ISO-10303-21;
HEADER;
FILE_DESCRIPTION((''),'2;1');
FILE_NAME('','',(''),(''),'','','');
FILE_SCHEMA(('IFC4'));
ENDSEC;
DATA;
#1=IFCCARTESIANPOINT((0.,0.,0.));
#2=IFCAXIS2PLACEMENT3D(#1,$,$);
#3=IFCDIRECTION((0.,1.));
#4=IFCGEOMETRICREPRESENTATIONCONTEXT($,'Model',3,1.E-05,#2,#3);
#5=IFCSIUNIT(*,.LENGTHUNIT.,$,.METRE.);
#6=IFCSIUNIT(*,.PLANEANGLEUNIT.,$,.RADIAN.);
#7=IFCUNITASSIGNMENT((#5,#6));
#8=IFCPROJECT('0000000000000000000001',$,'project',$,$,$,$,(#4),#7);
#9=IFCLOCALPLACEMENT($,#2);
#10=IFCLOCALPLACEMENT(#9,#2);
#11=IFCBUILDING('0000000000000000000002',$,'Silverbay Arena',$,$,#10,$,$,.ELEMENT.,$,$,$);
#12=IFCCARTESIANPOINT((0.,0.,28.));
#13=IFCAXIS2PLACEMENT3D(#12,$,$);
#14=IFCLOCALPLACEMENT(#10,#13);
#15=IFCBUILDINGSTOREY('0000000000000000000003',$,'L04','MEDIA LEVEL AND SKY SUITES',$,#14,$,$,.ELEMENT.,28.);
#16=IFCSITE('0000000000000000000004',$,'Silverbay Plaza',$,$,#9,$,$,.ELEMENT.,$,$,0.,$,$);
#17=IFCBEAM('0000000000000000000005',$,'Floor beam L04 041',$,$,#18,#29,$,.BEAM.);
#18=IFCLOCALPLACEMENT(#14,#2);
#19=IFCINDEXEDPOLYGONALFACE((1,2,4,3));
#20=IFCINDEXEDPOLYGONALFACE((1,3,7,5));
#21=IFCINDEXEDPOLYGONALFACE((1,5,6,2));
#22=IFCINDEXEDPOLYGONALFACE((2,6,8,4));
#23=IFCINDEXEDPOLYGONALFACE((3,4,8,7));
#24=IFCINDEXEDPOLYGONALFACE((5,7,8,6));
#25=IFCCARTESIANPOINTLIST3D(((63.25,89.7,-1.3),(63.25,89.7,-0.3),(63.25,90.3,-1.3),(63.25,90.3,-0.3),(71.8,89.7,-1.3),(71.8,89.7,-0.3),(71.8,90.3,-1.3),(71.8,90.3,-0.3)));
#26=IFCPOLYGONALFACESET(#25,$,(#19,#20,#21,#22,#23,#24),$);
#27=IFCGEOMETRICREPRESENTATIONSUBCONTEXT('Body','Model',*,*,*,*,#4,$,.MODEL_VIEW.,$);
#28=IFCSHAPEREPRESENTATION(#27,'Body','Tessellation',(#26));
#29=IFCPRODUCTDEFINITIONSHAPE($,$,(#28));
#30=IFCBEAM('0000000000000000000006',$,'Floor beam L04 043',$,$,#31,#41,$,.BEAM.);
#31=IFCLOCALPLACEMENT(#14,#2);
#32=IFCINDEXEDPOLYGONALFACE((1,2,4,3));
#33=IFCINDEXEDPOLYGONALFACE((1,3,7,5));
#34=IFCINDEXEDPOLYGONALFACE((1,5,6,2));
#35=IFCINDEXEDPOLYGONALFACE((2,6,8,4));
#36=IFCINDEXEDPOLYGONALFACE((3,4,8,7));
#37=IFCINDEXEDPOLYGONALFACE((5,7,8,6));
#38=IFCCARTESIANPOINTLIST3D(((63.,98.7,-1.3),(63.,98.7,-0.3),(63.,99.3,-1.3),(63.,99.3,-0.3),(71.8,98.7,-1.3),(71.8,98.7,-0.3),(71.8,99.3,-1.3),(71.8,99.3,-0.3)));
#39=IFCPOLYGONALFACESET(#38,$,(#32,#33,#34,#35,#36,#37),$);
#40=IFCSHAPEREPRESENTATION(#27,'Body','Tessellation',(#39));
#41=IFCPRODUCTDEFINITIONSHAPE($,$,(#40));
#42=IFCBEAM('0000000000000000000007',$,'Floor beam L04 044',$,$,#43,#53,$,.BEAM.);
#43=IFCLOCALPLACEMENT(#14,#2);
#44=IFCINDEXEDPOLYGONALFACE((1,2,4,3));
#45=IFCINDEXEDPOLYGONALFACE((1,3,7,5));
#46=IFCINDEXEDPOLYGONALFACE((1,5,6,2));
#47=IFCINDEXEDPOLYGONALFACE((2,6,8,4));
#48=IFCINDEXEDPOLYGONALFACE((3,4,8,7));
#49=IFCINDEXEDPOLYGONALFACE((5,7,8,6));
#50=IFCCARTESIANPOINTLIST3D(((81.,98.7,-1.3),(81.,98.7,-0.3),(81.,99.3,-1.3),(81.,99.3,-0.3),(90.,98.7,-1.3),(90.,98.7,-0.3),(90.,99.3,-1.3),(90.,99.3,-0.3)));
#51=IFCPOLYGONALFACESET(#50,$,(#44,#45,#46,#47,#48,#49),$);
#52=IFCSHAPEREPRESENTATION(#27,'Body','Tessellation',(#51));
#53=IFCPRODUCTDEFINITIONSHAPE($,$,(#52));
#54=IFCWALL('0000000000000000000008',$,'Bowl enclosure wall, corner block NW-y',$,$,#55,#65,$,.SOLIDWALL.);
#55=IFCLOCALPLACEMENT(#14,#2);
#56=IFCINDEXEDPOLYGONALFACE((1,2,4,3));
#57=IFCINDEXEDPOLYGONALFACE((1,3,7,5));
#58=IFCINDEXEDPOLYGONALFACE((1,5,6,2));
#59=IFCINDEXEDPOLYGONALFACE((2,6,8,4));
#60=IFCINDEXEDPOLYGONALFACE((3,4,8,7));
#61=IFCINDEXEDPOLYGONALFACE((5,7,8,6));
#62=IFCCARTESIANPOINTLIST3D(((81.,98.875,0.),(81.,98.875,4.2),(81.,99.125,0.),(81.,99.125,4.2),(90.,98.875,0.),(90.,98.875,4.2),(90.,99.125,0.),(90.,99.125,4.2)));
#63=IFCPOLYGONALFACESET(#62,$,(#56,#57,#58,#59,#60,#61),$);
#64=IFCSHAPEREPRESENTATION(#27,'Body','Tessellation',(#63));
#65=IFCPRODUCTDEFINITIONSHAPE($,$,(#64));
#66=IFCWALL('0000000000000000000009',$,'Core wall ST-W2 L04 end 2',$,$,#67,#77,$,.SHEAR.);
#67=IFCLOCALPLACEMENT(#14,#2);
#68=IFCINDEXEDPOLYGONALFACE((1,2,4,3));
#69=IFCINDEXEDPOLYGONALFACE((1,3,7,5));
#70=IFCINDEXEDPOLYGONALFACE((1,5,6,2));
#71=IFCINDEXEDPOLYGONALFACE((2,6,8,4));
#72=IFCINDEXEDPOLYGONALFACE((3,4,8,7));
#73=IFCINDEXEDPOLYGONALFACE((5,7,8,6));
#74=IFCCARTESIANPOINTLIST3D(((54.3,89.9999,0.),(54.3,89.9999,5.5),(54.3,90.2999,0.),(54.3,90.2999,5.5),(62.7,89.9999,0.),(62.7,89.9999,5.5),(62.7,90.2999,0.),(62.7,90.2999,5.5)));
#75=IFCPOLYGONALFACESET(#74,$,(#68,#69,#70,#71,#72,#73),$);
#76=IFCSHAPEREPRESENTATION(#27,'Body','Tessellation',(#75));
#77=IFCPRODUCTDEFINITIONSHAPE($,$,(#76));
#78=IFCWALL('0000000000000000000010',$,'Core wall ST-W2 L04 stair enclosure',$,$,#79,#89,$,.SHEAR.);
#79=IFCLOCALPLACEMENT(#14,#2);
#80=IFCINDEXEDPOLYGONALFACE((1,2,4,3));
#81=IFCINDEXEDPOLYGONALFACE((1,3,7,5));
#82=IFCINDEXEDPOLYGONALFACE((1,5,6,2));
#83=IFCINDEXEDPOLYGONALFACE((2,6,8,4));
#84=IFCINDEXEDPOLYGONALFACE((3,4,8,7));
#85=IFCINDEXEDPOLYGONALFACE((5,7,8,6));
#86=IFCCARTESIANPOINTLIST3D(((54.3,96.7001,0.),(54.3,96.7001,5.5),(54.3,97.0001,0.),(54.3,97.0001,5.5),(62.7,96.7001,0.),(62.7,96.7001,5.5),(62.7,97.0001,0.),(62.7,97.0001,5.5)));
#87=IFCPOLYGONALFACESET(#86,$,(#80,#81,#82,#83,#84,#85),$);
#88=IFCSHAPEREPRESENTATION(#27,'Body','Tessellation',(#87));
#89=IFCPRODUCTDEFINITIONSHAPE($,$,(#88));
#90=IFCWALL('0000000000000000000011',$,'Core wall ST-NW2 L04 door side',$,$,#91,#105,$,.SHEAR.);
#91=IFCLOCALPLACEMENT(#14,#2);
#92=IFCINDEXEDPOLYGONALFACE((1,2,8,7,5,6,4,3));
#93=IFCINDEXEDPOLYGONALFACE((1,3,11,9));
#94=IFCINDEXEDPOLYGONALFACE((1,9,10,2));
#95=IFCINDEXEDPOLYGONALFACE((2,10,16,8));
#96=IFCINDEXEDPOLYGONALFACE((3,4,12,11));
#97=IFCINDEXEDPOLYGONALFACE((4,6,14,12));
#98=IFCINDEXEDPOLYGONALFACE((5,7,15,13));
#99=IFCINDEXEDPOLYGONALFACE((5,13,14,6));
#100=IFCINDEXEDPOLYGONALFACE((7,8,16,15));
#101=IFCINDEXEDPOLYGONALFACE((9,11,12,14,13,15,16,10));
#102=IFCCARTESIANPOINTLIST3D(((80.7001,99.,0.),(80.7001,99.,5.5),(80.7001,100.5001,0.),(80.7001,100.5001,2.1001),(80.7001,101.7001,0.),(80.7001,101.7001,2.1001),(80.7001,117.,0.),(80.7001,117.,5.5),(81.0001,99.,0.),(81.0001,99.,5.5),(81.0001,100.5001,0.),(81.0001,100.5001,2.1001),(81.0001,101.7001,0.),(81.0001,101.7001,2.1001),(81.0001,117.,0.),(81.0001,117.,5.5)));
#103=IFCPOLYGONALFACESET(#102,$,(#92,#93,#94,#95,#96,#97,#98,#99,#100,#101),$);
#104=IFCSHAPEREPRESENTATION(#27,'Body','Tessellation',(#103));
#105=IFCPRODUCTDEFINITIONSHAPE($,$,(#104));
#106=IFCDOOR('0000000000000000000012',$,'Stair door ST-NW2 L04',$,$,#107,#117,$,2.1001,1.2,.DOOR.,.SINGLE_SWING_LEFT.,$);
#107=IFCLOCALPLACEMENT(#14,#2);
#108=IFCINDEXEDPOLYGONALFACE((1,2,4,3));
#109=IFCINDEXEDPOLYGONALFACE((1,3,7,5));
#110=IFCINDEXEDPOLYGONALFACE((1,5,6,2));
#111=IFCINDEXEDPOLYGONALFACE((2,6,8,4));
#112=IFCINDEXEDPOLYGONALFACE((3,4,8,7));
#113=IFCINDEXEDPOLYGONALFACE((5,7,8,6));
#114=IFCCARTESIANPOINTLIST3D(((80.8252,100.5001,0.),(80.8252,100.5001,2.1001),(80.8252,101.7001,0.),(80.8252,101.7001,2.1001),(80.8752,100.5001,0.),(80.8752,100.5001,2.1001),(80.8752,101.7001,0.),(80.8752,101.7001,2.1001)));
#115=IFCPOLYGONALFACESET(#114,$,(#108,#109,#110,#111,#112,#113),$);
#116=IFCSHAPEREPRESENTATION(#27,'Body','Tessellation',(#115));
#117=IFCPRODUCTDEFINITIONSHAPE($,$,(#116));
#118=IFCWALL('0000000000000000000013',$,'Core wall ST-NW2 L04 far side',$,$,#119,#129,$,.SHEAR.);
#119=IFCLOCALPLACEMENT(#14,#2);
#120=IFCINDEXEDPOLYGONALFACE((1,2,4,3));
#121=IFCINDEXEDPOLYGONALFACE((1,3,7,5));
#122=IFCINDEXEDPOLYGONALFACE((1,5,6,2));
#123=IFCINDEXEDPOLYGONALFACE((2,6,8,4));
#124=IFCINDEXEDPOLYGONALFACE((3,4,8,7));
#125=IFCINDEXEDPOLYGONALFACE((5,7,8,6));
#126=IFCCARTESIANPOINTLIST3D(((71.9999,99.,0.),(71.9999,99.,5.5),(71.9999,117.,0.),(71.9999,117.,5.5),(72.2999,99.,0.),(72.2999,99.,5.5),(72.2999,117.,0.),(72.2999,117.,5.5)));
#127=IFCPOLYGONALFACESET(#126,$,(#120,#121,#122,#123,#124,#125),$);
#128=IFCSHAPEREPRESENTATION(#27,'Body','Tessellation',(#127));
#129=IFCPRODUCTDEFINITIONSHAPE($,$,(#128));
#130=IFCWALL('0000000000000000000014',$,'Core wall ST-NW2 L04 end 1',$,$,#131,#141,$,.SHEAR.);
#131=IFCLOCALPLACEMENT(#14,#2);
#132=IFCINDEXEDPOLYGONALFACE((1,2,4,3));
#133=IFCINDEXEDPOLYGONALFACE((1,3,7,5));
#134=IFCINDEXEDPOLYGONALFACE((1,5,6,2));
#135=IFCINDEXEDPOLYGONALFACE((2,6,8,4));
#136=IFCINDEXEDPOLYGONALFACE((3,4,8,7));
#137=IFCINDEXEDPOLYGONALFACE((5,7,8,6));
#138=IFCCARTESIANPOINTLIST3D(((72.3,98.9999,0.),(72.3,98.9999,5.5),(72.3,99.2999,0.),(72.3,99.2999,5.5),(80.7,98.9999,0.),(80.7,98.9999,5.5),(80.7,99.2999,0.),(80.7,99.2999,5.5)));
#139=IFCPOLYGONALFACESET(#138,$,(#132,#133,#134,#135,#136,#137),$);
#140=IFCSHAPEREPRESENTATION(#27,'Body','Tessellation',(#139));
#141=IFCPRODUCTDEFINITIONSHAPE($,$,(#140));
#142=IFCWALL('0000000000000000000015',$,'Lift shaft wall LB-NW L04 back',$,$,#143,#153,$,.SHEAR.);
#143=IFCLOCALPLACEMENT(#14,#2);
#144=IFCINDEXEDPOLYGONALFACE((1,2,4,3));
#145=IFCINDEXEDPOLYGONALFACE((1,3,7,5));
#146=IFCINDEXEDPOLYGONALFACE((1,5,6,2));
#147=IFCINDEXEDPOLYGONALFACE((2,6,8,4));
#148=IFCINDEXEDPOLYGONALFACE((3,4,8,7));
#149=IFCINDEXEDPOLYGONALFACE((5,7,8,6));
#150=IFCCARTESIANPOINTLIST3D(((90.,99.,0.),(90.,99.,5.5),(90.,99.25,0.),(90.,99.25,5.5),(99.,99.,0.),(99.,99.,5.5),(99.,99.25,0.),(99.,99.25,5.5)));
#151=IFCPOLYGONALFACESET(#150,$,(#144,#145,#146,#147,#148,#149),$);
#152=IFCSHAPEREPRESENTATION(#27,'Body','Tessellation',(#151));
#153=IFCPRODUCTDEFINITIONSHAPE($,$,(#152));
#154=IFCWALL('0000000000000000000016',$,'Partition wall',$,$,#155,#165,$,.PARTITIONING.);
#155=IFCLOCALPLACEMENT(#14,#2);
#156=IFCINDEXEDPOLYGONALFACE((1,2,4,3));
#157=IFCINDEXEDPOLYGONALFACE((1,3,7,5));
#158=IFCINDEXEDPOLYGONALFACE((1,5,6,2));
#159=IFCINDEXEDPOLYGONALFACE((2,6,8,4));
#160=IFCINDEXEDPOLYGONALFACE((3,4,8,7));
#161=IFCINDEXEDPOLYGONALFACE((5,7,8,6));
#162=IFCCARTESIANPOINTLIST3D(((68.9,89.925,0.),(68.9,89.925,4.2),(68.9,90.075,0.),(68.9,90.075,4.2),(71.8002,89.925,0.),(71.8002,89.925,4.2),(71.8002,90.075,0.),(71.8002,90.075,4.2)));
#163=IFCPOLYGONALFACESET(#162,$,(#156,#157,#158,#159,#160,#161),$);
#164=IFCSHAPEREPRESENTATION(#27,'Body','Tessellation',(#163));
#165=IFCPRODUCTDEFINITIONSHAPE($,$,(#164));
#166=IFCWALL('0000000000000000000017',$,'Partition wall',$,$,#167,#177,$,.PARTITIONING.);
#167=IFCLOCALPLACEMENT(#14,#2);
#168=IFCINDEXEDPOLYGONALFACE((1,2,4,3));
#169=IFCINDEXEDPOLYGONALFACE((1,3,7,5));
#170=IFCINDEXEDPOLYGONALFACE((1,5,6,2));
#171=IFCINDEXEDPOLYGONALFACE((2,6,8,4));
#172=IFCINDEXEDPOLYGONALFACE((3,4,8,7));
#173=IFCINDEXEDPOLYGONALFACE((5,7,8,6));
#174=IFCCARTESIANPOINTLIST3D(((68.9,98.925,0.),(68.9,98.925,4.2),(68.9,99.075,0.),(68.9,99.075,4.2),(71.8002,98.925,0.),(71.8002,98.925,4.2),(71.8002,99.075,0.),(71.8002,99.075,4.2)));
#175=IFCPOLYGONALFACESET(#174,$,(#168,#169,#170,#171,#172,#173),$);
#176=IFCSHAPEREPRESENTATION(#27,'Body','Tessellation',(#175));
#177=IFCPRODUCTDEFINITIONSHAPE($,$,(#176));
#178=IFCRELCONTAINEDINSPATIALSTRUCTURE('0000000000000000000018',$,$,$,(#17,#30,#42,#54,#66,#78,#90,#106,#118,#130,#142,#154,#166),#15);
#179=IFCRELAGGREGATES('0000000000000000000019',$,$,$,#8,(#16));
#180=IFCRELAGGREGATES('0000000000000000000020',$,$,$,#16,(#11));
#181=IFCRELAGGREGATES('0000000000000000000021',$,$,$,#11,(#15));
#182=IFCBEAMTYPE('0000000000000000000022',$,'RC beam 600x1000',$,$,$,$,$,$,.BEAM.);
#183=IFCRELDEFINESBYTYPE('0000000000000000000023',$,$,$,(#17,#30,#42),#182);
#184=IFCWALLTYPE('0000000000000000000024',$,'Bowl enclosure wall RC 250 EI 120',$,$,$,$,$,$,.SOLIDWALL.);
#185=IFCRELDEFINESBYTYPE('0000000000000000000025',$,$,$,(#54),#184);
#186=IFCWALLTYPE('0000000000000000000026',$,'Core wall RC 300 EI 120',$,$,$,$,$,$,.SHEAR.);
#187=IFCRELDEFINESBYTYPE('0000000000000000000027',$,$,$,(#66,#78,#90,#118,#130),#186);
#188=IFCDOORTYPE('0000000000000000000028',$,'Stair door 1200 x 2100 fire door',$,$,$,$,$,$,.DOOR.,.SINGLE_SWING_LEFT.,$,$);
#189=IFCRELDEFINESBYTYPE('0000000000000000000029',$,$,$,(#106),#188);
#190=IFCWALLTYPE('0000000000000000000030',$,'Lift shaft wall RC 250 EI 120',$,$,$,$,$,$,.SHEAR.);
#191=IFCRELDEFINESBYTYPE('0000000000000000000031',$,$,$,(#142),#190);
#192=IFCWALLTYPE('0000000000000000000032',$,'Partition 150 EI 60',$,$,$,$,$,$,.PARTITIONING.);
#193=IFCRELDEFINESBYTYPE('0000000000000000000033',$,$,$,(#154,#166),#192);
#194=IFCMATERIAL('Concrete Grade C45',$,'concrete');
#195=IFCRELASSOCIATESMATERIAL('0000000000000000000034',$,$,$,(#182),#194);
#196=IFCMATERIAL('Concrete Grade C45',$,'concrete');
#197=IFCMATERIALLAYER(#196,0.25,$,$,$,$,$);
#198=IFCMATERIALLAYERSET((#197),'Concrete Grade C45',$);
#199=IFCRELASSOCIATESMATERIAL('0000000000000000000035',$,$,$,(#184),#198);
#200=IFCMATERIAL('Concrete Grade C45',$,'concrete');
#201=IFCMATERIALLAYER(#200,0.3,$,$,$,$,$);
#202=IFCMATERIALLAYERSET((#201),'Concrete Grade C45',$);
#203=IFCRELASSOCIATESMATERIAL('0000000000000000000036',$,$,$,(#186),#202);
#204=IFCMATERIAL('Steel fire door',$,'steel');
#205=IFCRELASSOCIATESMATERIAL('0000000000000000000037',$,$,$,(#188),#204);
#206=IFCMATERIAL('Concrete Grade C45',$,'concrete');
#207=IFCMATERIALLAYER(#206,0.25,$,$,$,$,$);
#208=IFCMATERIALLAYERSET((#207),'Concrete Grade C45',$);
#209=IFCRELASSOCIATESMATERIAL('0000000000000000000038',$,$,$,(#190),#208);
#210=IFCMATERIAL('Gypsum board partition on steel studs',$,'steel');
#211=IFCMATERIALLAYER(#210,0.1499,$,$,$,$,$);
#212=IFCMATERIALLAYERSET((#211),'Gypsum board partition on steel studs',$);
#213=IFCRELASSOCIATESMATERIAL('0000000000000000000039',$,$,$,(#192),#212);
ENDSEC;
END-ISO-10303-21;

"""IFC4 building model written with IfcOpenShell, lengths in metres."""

from ifc_helpers import new_model, si_unit, direction, frame, frame_2d, origin, origin_2d, place, context, subcontext, project, spatial, rectangle, extrude, material, layer, layer_set, material_profile, profile_set, type_object, element, fill, save


model = new_model("IFC4")

# Units and contexts
model_context = context("Model", 3, precision=1e-05, world=origin(), true_north=direction((0.0, 1.0)))
body_context = subcontext(model_context, "Body", "Model", "MODEL_VIEW")
ifc_project = project(units=[si_unit("LENGTHUNIT", "METRE"), si_unit("PLANEANGLEUNIT", "RADIAN")], contexts=[model_context])

# Site, building, storey
site_placement = place(None, origin())
site = spatial("IfcSite", under=ifc_project, at=site_placement, Name="Silverbay Plaza", CompositionType="ELEMENT", RefElevation=0.0)
building_placement = place(site_placement, origin())
building = spatial("IfcBuilding", under=site, at=building_placement, Name="Silverbay Arena", CompositionType="ELEMENT")
storey_placement = place(building_placement, frame((0.0, 0.0, 28.0)))
storey = spatial("IfcBuildingStorey", under=building, at=storey_placement, Name="L04", Description="MEDIA LEVEL AND SKY SUITES", CompositionType="ELEMENT", Elevation=28.0)

# Beams
ifc_material_1 = material(Name="Concrete Grade C45", Category="concrete")
ifc_material_profile = material_profile(ifc_material_1, rectangle(XDim=0.6001, YDim=1.0, at=origin_2d()), Name="RC 600x1000")
ifc_profile_set = profile_set([ifc_material_profile], Name="Concrete Grade C45")
beam_type = type_object("IfcBeamType", Name="RC beam 600x1000", PredefinedType="BEAM", material=ifc_profile_set)
beam_1_placement = place(storey_placement, frame((63.25, 90.0, -0.8), z_axis=(1.0, 0.0, 0.0), x_axis=(0.0, 1.0, 0.0)))
element("IfcBeam", 1, at=beam_1_placement, inside=storey, type_object=beam_type, Name="Floor beam L04 041", PredefinedType="BEAM", context=body_context, shape_type="SweptSolid", body=[
    extrude(rectangle(XDim=0.6001, YDim=1.0, at=origin_2d()), origin(), (0.0, 0.0, 1.0), 8.55),
])
beam_2_placement = place(storey_placement, frame((63.0, 99.0, -0.8), z_axis=(1.0, 0.0, 0.0), x_axis=(0.0, 1.0, 0.0)))
element("IfcBeam", 2, at=beam_2_placement, inside=storey, type_object=beam_type, Name="Floor beam L04 043", PredefinedType="BEAM", context=body_context, shape_type="SweptSolid", body=[
    extrude(rectangle(XDim=0.6001, YDim=1.0, at=origin_2d()), origin(), (0.0, 0.0, 1.0), 8.8),
])
beam_3_placement = place(storey_placement, frame((81.0, 99.0, -0.8), z_axis=(1.0, 0.0, 0.0), x_axis=(0.0, 1.0, 0.0)))
element("IfcBeam", 3, at=beam_3_placement, inside=storey, type_object=beam_type, Name="Floor beam L04 044", PredefinedType="BEAM", context=body_context, shape_type="SweptSolid", body=[
    extrude(rectangle(XDim=0.6001, YDim=1.0, at=origin_2d()), origin(), (0.0, 0.0, 1.0), 9.0),
])

# Walls
ifc_material_2 = material(Name="Concrete Grade C45", Category="concrete")
ifc_layer_1 = layer(ifc_material_2, 0.25)
ifc_layer_set_1 = layer_set([ifc_layer_1], Name="Concrete Grade C45")
wall_type_1 = type_object("IfcWallType", Name="Bowl enclosure wall RC 250 EI 120", PredefinedType="SOLIDWALL", material=ifc_layer_set_1)
wall_1_placement = place(storey_placement, frame((81.0, 99.0, 0.0), z_axis=(0.0, 0.0, 1.0), x_axis=(1.0, 0.0, 0.0)))
element("IfcWall", 4, at=wall_1_placement, inside=storey, type_object=wall_type_1, Name="Bowl enclosure wall, corner block NW-y", PredefinedType="SOLIDWALL", context=body_context, shape_type="SweptSolid", body=[
    extrude(rectangle(XDim=9.0, YDim=0.25, at=frame_2d((4.5, 0.0))), origin(), (0.0, 0.0, 1.0), 4.2),
])
ifc_material_3 = material(Name="Concrete Grade C45", Category="concrete")
ifc_layer_2 = layer(ifc_material_3, 0.3)
ifc_layer_set_2 = layer_set([ifc_layer_2], Name="Concrete Grade C45")
wall_type_2 = type_object("IfcWallType", Name="Core wall RC 300 EI 120", PredefinedType="SHEAR", material=ifc_layer_set_2)
for number, where, z_axis, x_axis, name in (
    (5, (62.7, 90.1499, 0.0), (0.0, 0.0, 1.0), (-1.0, 0.0, 0.0), "Core wall ST-W2 L04 end 2"),
    (6, (62.7, 96.8501, 0.0), (0.0, 0.0, 1.0), (-1.0, 0.0, 0.0), "Core wall ST-W2 L04 stair enclosure"),
):
    element("IfcWall", number, at=place(storey_placement, frame(where, z_axis=z_axis, x_axis=x_axis)), inside=storey, type_object=wall_type_2, Name=name, PredefinedType="SHEAR", context=body_context, shape_type="SweptSolid", body=[
        extrude(rectangle(XDim=8.3999, YDim=0.3, at=frame_2d((4.2, 0.0))), origin(), (0.0, 0.0, 1.0), 5.5),
    ])

# Wall, opening, door
wall_2_placement = place(storey_placement, frame((80.8501, 99.0, 0.0), z_axis=(0.0, 0.0, 1.0), x_axis=(0.0, 1.0, 0.0)))
wall_2 = element("IfcWall", 7, at=wall_2_placement, inside=storey, type_object=wall_type_2, Name="Core wall ST-NW2 L04 door side", PredefinedType="SHEAR", context=body_context, shape_type="SweptSolid", body=[
    extrude(rectangle(XDim=18.0, YDim=0.3, at=frame_2d((9.0, 0.0))), origin(), (0.0, 0.0, 1.0), 5.5),
])
opening_1_placement = place(wall_2_placement, frame((1.5, 0.0, 0.0)))
opening_1 = element("IfcOpeningElement", 8, at=opening_1_placement, cuts=wall_2, PredefinedType="OPENING", context=body_context, shape_type="SweptSolid", body=[
    extrude(rectangle(XDim=1.2, YDim=2.1001, at=frame_2d((0.6001, 1.05))), frame((0.0, 0.1602, 0.0), z_axis=(0.0, -1.0, 0.0), x_axis=(1.0, 0.0, 0.0)), (0.0, 0.0, 1.0), 0.3201),
])
ifc_material_4 = material(Name="Steel fire door", Category="steel")
door_type_1 = type_object("IfcDoorType", Name="Stair door 1200 x 2100 fire door", OperationType="SINGLE_SWING_LEFT", PredefinedType="DOOR", material=ifc_material_4)
door_1_placement = place(opening_1_placement, origin())
door_1 = element("IfcDoor", 9, at=door_1_placement, inside=storey, type_object=door_type_1, Name="Stair door ST-NW2 L04", OperationType="SINGLE_SWING_LEFT", OverallHeight=2.1001, OverallWidth=1.2, PredefinedType="DOOR", context=body_context, shape_type="SweptSolid", body=[
    extrude(rectangle(XDim=1.2, YDim=2.1001, at=frame_2d((0.6001, 1.05))), frame((0.0, 0.0249, 0.0), z_axis=(0.0, -1.0, 0.0), x_axis=(1.0, 0.0, 0.0)), (0.0, 0.0, 1.0), 0.05),
])
fill(opening_1, door_1)

# Walls
wall_3_placement = place(storey_placement, frame((72.1499, 99.0, 0.0), z_axis=(0.0, 0.0, 1.0), x_axis=(0.0, 1.0, 0.0)))
element("IfcWall", 10, at=wall_3_placement, inside=storey, type_object=wall_type_2, Name="Core wall ST-NW2 L04 far side", PredefinedType="SHEAR", context=body_context, shape_type="SweptSolid", body=[
    extrude(rectangle(XDim=18.0, YDim=0.3, at=frame_2d((9.0, 0.0))), origin(), (0.0, 0.0, 1.0), 5.5),
])
wall_4_placement = place(storey_placement, frame((80.7, 99.1499, 0.0), z_axis=(0.0, 0.0, 1.0), x_axis=(-1.0, 0.0, 0.0)))
element("IfcWall", 11, at=wall_4_placement, inside=storey, type_object=wall_type_2, Name="Core wall ST-NW2 L04 end 1", PredefinedType="SHEAR", context=body_context, shape_type="SweptSolid", body=[
    extrude(rectangle(XDim=8.3999, YDim=0.3, at=frame_2d((4.2, 0.0))), origin(), (0.0, 0.0, 1.0), 5.5),
])
ifc_material_5 = material(Name="Concrete Grade C45", Category="concrete")
ifc_layer_3 = layer(ifc_material_5, 0.25)
ifc_layer_set_3 = layer_set([ifc_layer_3], Name="Concrete Grade C45")
wall_type_3 = type_object("IfcWallType", Name="Lift shaft wall RC 250 EI 120", PredefinedType="SHEAR", material=ifc_layer_set_3)
wall_5_placement = place(storey_placement, frame((90.0, 99.125, 0.0), z_axis=(0.0, 0.0, 1.0), x_axis=(1.0, 0.0, 0.0)))
element("IfcWall", 12, at=wall_5_placement, inside=storey, type_object=wall_type_3, Name="Lift shaft wall LB-NW L04 back", PredefinedType="SHEAR", context=body_context, shape_type="SweptSolid", body=[
    extrude(rectangle(XDim=9.0, YDim=0.25, at=frame_2d((4.5, 0.0))), origin(), (0.0, 0.0, 1.0), 5.5),
])
ifc_material_6 = material(Name="Gypsum board partition on steel studs", Category="steel")
ifc_layer_4 = layer(ifc_material_6, 0.1499)
ifc_layer_set_4 = layer_set([ifc_layer_4], Name="Gypsum board partition on steel studs")
wall_type_4 = type_object("IfcWallType", Name="Partition 150 EI 60", PredefinedType="PARTITIONING", material=ifc_layer_set_4)
for number, where, z_axis, x_axis, name in (
    (13, (68.8999, 90.0, 0.0), (0.0, 0.0, 1.0), (1.0, 0.0, 0.0), "Partition wall"),
    (14, (68.8999, 99.0, 0.0), (0.0, 0.0, 1.0), (1.0, 0.0, 0.0), "Partition wall"),
):
    element("IfcWall", number, at=place(storey_placement, frame(where, z_axis=z_axis, x_axis=x_axis)), inside=storey, type_object=wall_type_4, Name=name, PredefinedType="PARTITIONING", context=body_context, shape_type="SweptSolid", body=[
        extrude(rectangle(XDim=2.9001, YDim=0.1499, at=frame_2d((1.4502, 0.0))), origin(), (0.0, 0.0, 1.0), 4.2),
    ])

save(model, "model.ifc")
